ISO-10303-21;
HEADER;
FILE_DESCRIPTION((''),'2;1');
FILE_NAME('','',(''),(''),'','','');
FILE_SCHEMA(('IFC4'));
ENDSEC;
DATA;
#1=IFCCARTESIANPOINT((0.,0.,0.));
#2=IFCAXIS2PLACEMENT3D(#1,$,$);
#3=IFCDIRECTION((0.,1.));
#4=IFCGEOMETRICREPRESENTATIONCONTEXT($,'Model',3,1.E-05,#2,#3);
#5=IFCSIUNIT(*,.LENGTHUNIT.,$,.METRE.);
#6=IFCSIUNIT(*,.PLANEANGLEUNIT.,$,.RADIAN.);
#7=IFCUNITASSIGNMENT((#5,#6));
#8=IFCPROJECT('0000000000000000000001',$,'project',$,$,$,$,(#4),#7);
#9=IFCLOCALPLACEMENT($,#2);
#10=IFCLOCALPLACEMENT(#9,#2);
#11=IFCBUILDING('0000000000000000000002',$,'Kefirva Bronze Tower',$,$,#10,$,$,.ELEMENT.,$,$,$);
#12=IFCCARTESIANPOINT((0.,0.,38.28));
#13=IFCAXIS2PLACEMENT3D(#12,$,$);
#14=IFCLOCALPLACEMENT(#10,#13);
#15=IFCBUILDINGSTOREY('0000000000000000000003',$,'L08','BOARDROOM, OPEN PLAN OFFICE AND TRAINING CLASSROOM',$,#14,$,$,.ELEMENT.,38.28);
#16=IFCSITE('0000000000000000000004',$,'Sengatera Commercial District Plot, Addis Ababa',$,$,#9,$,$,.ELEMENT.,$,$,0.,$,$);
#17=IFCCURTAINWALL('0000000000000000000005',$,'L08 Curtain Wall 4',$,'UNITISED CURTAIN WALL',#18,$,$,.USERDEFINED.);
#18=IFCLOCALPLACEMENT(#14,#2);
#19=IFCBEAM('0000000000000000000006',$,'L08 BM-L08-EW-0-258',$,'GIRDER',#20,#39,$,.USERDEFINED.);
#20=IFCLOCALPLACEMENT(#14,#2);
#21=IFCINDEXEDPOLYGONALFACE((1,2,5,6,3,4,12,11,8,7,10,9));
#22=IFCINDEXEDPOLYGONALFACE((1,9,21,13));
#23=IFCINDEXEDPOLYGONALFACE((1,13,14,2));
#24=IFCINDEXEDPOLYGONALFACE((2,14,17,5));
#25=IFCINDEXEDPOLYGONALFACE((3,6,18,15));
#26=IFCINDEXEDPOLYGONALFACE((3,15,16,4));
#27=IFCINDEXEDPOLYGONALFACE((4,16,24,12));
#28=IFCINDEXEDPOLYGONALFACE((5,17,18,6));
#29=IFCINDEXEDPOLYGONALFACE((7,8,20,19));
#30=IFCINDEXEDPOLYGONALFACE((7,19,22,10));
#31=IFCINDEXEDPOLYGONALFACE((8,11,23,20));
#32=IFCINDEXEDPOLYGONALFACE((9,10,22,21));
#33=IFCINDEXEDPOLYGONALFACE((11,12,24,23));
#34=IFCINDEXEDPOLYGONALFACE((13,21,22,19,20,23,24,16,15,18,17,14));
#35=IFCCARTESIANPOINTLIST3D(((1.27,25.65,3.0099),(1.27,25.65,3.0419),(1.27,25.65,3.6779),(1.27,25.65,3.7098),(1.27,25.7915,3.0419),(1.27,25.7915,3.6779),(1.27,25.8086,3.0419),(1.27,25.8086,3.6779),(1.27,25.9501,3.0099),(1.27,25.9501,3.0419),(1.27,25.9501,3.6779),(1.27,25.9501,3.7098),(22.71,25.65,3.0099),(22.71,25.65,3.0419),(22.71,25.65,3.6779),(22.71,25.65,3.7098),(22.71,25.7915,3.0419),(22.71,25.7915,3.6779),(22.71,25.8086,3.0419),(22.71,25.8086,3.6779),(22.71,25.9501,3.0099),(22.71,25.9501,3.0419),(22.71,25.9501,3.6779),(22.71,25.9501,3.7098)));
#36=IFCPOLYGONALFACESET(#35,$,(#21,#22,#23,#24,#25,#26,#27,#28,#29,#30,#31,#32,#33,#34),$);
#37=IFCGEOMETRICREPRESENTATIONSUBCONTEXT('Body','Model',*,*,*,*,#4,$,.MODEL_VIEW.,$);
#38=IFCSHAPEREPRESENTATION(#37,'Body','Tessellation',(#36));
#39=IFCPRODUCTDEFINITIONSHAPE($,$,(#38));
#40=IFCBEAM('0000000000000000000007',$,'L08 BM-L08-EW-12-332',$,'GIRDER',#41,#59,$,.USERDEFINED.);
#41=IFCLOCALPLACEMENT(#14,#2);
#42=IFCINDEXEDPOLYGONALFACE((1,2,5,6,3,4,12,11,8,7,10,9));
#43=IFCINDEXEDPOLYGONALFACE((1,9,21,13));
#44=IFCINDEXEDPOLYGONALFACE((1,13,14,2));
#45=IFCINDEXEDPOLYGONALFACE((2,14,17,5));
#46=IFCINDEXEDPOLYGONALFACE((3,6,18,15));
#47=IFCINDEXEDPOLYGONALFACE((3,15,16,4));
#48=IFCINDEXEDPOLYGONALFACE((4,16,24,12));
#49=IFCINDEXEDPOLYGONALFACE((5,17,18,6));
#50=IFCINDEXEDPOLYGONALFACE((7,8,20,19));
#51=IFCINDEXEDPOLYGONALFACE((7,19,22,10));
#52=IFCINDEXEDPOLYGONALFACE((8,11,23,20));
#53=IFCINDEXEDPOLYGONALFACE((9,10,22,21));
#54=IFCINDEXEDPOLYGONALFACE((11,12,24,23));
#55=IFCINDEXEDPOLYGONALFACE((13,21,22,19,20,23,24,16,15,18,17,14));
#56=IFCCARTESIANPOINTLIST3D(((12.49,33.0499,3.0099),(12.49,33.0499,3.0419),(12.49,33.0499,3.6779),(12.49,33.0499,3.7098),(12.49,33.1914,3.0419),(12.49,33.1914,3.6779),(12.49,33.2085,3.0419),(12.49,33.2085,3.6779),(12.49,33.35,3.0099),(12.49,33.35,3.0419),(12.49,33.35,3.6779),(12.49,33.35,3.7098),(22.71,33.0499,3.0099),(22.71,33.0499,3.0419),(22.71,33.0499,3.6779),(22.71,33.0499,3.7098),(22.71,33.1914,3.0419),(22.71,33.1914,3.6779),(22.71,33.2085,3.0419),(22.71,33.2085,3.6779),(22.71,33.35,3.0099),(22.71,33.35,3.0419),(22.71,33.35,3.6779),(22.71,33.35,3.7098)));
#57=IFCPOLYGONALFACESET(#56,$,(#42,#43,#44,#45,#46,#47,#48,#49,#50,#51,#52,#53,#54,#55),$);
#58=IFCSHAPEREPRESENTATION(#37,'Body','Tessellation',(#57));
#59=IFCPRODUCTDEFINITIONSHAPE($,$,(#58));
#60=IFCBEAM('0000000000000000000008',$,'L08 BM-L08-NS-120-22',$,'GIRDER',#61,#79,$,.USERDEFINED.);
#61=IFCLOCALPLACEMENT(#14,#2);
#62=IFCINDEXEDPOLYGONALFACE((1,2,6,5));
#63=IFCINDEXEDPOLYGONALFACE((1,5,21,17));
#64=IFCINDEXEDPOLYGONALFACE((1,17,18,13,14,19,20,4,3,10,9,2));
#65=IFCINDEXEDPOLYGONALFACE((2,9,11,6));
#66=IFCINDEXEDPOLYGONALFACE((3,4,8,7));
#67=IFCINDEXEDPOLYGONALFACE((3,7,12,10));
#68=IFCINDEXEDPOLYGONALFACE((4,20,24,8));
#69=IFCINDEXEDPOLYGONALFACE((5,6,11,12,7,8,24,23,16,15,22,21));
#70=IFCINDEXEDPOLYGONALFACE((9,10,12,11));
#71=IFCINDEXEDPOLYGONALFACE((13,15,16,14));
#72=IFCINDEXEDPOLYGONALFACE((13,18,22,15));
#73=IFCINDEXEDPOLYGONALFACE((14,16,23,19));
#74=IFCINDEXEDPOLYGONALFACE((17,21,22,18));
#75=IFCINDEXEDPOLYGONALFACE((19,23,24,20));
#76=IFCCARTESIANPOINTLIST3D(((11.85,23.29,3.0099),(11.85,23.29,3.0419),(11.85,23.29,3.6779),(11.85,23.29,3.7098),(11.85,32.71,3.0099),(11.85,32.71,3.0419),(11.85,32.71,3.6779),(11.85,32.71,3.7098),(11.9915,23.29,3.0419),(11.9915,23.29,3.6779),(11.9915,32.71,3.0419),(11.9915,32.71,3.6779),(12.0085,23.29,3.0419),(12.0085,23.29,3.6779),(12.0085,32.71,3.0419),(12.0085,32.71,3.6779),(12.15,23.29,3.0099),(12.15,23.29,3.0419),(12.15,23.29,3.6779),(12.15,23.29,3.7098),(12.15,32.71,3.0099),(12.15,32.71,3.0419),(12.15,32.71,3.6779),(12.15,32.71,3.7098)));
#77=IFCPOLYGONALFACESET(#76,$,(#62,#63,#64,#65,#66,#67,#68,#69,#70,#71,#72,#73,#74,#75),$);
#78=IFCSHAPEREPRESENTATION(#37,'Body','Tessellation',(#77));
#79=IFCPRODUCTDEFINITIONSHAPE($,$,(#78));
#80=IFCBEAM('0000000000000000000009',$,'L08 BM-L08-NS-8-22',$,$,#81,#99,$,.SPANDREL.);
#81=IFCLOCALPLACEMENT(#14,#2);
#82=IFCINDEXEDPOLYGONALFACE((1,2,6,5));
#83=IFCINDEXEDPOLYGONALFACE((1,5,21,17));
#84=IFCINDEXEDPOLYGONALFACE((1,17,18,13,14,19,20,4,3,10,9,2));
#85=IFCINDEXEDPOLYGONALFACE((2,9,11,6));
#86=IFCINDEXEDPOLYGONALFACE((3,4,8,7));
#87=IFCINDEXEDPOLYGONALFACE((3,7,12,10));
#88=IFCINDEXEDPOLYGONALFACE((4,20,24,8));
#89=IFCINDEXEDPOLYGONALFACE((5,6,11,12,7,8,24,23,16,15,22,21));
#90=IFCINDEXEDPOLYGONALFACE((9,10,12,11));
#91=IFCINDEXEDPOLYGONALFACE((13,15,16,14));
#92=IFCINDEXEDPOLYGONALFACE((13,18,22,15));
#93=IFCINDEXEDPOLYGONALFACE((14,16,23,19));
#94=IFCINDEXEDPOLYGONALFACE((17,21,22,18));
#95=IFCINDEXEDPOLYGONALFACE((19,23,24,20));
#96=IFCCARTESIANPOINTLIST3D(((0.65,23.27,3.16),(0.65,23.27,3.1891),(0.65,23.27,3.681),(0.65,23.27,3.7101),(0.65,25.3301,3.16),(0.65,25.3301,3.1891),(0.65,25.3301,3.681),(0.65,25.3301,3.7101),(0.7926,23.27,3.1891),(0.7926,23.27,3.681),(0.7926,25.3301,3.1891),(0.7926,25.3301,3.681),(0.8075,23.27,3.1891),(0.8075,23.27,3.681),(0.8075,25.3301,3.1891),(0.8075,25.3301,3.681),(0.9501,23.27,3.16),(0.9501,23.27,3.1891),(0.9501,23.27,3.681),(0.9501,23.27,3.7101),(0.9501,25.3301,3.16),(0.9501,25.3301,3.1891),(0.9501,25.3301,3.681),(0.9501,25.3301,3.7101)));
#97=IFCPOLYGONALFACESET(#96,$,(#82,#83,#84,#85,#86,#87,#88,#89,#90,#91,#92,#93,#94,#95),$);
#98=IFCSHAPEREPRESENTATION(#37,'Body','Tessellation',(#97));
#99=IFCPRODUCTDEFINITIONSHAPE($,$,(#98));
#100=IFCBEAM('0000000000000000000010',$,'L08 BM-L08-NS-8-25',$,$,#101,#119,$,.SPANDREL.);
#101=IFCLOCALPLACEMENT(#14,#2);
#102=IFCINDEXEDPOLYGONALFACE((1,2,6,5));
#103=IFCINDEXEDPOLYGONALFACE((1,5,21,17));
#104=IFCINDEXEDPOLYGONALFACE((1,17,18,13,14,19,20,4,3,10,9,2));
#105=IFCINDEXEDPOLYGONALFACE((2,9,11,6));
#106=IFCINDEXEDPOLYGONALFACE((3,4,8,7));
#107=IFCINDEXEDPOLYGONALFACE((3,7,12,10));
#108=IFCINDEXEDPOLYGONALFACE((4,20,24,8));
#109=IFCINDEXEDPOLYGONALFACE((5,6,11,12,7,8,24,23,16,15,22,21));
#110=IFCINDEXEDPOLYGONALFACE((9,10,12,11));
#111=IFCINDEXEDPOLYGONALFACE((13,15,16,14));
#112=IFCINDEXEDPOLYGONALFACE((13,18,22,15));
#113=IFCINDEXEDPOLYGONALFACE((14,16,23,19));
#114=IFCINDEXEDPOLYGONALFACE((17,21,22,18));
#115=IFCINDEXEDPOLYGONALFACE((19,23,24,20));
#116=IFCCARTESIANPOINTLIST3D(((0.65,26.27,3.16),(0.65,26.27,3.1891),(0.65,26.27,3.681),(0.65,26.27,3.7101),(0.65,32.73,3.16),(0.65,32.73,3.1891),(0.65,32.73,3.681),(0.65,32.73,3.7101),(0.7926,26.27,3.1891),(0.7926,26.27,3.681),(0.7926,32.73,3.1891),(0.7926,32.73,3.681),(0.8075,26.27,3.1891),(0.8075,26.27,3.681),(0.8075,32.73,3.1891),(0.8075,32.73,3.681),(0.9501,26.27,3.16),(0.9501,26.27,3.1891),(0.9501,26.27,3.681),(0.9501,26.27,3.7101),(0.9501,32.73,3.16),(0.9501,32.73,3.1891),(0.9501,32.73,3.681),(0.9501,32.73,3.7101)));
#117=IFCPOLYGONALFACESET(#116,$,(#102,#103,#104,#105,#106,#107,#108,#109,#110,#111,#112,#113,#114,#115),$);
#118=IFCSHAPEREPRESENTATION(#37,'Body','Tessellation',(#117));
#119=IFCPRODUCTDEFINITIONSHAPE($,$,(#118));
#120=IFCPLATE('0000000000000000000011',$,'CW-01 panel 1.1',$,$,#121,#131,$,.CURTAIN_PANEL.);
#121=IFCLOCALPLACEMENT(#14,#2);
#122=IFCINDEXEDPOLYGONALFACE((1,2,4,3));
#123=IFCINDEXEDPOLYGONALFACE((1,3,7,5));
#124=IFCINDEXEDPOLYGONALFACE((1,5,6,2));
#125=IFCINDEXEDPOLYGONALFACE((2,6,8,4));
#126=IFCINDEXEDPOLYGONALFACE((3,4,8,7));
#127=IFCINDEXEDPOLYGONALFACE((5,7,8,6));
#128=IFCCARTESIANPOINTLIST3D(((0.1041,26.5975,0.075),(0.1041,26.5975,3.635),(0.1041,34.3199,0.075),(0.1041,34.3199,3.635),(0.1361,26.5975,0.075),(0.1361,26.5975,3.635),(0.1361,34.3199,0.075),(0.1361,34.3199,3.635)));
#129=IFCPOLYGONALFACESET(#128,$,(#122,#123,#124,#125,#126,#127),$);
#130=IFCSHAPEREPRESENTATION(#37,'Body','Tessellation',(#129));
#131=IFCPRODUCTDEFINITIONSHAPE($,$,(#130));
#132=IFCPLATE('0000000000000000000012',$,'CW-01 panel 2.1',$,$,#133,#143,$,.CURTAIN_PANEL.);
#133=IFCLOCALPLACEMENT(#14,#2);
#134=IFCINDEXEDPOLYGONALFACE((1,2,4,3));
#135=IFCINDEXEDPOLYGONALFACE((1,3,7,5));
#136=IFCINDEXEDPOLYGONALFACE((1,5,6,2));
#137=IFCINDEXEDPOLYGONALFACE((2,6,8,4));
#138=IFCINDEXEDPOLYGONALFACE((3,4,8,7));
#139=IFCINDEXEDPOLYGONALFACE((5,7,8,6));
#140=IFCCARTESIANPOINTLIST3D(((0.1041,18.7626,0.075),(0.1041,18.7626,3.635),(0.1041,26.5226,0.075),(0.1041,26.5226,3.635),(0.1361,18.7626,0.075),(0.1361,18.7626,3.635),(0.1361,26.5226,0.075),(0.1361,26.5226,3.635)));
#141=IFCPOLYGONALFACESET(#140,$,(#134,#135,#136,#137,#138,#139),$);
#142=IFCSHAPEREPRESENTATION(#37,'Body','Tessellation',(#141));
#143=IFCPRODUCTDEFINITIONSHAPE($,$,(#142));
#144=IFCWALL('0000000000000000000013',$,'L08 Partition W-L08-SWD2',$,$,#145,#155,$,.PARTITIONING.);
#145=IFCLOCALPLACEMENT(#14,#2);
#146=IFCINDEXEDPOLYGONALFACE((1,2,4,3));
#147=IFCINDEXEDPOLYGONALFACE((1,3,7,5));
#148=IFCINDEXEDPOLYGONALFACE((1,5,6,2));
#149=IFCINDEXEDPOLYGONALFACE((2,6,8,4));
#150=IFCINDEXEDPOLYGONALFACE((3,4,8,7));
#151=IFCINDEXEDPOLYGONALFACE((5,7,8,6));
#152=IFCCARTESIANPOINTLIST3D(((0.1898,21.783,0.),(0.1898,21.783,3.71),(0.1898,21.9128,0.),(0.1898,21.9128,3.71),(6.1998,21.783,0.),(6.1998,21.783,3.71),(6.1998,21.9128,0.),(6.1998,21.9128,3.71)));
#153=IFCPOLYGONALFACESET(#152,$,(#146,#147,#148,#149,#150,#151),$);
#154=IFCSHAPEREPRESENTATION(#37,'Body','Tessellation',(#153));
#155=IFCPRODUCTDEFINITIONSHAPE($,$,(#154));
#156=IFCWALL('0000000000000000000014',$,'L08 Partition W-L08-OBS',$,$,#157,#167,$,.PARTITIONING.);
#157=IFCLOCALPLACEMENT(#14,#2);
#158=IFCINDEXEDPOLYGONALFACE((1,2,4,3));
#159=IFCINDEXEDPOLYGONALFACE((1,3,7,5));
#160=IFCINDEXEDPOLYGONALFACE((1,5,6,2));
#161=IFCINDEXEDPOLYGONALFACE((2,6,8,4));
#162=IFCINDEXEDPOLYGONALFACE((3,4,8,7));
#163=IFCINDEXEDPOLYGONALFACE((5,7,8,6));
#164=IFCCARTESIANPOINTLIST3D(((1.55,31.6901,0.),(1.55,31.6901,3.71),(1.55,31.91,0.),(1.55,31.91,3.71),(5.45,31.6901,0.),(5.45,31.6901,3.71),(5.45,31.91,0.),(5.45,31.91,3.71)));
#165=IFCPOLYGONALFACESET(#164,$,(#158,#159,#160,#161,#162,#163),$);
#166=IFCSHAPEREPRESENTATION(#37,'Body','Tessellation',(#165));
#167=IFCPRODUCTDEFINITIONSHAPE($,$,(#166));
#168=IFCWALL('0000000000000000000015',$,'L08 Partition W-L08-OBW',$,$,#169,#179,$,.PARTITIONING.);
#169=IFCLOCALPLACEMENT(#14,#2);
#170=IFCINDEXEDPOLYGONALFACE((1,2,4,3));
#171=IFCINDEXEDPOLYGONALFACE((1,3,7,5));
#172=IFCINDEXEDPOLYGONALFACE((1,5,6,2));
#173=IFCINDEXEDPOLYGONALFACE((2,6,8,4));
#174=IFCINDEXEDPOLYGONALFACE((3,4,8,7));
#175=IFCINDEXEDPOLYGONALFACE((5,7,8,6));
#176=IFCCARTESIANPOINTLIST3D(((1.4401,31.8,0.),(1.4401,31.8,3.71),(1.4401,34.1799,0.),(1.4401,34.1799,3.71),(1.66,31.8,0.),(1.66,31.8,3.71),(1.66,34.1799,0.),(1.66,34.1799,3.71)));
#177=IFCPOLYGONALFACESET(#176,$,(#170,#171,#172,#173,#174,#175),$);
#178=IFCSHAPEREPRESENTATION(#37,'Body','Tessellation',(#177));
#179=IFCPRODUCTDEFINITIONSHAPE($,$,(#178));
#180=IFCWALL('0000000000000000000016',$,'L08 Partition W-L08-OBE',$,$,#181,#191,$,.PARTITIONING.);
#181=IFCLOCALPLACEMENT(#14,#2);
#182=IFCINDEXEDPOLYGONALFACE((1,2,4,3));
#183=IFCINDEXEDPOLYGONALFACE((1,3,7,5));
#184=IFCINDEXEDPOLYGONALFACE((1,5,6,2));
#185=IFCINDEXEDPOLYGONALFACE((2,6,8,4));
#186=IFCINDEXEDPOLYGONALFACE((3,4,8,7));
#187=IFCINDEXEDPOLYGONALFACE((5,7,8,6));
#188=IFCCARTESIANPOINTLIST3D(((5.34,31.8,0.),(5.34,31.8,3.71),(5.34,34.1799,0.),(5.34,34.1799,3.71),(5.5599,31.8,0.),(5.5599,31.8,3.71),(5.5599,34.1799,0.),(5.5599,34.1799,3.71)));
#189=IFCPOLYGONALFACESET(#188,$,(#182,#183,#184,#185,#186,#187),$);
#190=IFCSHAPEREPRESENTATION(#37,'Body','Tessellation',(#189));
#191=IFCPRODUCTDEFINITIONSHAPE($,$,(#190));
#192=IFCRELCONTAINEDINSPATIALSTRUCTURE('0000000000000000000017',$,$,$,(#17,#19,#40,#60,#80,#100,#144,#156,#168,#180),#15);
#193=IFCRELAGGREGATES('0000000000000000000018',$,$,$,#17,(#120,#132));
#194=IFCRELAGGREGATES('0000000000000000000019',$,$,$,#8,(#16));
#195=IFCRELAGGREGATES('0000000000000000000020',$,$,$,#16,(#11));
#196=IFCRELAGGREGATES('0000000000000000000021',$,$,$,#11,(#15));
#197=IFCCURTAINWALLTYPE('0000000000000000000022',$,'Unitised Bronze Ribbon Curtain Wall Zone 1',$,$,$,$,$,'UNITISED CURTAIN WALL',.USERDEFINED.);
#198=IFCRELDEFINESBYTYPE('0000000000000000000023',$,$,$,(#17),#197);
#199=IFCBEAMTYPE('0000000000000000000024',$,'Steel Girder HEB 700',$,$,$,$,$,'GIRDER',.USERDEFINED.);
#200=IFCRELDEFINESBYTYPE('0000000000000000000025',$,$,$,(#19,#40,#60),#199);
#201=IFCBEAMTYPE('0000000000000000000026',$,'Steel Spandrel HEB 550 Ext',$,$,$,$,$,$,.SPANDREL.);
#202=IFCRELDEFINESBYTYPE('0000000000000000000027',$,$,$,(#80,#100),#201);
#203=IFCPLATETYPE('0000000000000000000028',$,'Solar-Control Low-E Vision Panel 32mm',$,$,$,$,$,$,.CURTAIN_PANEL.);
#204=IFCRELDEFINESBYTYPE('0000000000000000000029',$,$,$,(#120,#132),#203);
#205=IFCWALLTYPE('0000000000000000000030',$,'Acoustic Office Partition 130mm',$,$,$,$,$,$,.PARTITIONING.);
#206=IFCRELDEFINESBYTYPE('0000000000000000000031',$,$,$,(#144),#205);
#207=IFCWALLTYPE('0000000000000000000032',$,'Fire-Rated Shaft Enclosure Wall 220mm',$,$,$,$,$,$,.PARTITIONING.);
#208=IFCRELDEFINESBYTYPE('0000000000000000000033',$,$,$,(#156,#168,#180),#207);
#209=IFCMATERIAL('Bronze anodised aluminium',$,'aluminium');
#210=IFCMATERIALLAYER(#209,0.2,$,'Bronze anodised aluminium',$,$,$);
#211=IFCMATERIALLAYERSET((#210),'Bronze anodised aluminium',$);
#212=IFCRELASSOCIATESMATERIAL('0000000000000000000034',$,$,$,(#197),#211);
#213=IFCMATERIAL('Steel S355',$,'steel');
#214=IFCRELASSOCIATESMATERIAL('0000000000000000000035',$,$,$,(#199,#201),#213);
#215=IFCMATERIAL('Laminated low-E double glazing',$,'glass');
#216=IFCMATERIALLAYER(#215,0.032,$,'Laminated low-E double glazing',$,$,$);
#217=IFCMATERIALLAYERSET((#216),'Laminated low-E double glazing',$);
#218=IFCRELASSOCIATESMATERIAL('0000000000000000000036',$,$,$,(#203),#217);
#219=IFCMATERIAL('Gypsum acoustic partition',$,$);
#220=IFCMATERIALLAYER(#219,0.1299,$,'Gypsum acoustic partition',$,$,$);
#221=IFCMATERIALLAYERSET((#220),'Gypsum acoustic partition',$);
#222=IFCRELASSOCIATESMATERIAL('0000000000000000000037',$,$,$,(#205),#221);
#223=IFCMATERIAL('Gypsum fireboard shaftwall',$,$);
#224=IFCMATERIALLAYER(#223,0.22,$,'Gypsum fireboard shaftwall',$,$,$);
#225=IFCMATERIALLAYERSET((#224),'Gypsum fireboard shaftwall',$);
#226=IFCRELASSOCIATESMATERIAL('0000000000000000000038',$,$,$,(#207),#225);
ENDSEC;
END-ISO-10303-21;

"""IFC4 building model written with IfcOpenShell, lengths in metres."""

from ifc_helpers import new_model, si_unit, direction, frame, frame_2d, origin, origin_2d, place, context, subcontext, project, spatial, rectangle, i_section, extrude, material, layer, layer_set, material_profile, profile_set, type_object, element, aggregate, save


model = new_model("IFC4")

# Units and contexts
model_context = context("Model", 3, precision=1e-05, world=origin(), true_north=direction((0.0, 1.0)))
body_context = subcontext(model_context, "Body", "Model", "MODEL_VIEW")
ifc_project = project(units=[si_unit("LENGTHUNIT", "METRE"), si_unit("PLANEANGLEUNIT", "RADIAN")], contexts=[model_context])

# Site, building, storey
site_placement = place(None, origin())
site = spatial("IfcSite", under=ifc_project, at=site_placement, Name="Sengatera Commercial District Plot, Addis Ababa", CompositionType="ELEMENT", RefElevation=0.0)
building_placement = place(site_placement, origin())
building = spatial("IfcBuilding", under=site, at=building_placement, Name="Kefirva Bronze Tower", CompositionType="ELEMENT")
storey_placement = place(building_placement, frame((0.0, 0.0, 38.28)))
storey = spatial("IfcBuildingStorey", under=building, at=storey_placement, Name="L08", Description="BOARDROOM, OPEN PLAN OFFICE AND TRAINING CLASSROOM", CompositionType="ELEMENT", Elevation=38.28)

# Curtain wall
ifc_material_1 = material(Name="Bronze anodised aluminium", Category="aluminium")
ifc_layer_1 = layer(ifc_material_1, 0.2, Name="Bronze anodised aluminium")
ifc_layer_set_1 = layer_set([ifc_layer_1], Name="Bronze anodised aluminium")
curtain_wall_type = type_object("IfcCurtainWallType", Name="Unitised Bronze Ribbon Curtain Wall Zone 1", ElementType="UNITISED CURTAIN WALL", PredefinedType="USERDEFINED", material=ifc_layer_set_1)
curtain_wall_placement = place(storey_placement, origin())
curtain_wall = element("IfcCurtainWall", 1, at=curtain_wall_placement, inside=storey, type_object=curtain_wall_type, Name="L08 Curtain Wall 4", ObjectType="UNITISED CURTAIN WALL", PredefinedType="USERDEFINED")

# Beams
ifc_material_2 = material(Name="Steel S355", Category="steel")
ifc_material_profile_1 = material_profile(ifc_material_2, i_section(OverallWidth=0.3, OverallDepth=0.7, WebThickness=0.0171, FlangeThickness=0.032, at=origin_2d()), Name="HEB 700")
ifc_profile_set_1 = profile_set([ifc_material_profile_1], Name="Steel S355")
beam_type_1 = type_object("IfcBeamType", Name="Steel Girder HEB 700", ElementType="GIRDER", PredefinedType="USERDEFINED", material=ifc_profile_set_1)
beam_1_placement = place(storey_placement, frame((1.27, 25.8, 3.3599), z_axis=(1.0, 0.0, 0.0), x_axis=(0.0, 1.0, 0.0)))
element("IfcBeam", 2, at=beam_1_placement, inside=storey, type_object=beam_type_1, Name="L08 BM-L08-EW-0-258", ObjectType="GIRDER", PredefinedType="USERDEFINED", context=body_context, shape_type="SweptSolid", body=[
    extrude(i_section(OverallWidth=0.3, OverallDepth=0.7, WebThickness=0.0171, FlangeThickness=0.032, at=origin_2d()), origin(), (0.0, 0.0, 1.0), 21.4399),
])
beam_2_placement = place(storey_placement, frame((12.49, 33.2, 3.3599), z_axis=(1.0, 0.0, 0.0), x_axis=(0.0, 1.0, 0.0)))
element("IfcBeam", 3, at=beam_2_placement, inside=storey, type_object=beam_type_1, Name="L08 BM-L08-EW-12-332", ObjectType="GIRDER", PredefinedType="USERDEFINED", context=body_context, shape_type="SweptSolid", body=[
    extrude(i_section(OverallWidth=0.3, OverallDepth=0.7, WebThickness=0.0171, FlangeThickness=0.032, at=origin_2d()), origin(), (0.0, 0.0, 1.0), 10.22),
])
beam_3_placement = place(storey_placement, frame((12.0, 23.29, 3.3599), z_axis=(0.0, 1.0, 0.0), x_axis=(-1.0, 0.0, 0.0)))
element("IfcBeam", 4, at=beam_3_placement, inside=storey, type_object=beam_type_1, Name="L08 BM-L08-NS-120-22", ObjectType="GIRDER", PredefinedType="USERDEFINED", context=body_context, shape_type="SweptSolid", body=[
    extrude(i_section(OverallWidth=0.3, OverallDepth=0.7, WebThickness=0.0171, FlangeThickness=0.032, at=origin_2d()), origin(), (0.0, 0.0, 1.0), 9.4199),
])
ifc_material_profile_2 = material_profile(ifc_material_2, i_section(OverallWidth=0.3, OverallDepth=0.55, WebThickness=0.0149, FlangeThickness=0.0291, at=origin_2d()), Name="HEB 550")
ifc_profile_set_2 = profile_set([ifc_material_profile_2], Name="Steel S355")
beam_type_2 = type_object("IfcBeamType", Name="Steel Spandrel HEB 550 Ext", PredefinedType="SPANDREL", material=ifc_profile_set_2)
beam_4_placement = place(storey_placement, frame((0.8, 23.27, 3.4351), z_axis=(0.0, 1.0, 0.0), x_axis=(-1.0, 0.0, 0.0)))
element("IfcBeam", 5, at=beam_4_placement, inside=storey, type_object=beam_type_2, Name="L08 BM-L08-NS-8-22", PredefinedType="SPANDREL", context=body_context, shape_type="SweptSolid", body=[
    extrude(i_section(OverallWidth=0.3, OverallDepth=0.55, WebThickness=0.0149, FlangeThickness=0.0291, at=origin_2d()), origin(), (0.0, 0.0, 1.0), 2.0601),
])
beam_5_placement = place(storey_placement, frame((0.8, 26.27, 3.4351), z_axis=(0.0, 1.0, 0.0), x_axis=(-1.0, 0.0, 0.0)))
element("IfcBeam", 6, at=beam_5_placement, inside=storey, type_object=beam_type_2, Name="L08 BM-L08-NS-8-25", PredefinedType="SPANDREL", context=body_context, shape_type="SweptSolid", body=[
    extrude(i_section(OverallWidth=0.3, OverallDepth=0.55, WebThickness=0.0149, FlangeThickness=0.0291, at=origin_2d()), origin(), (0.0, 0.0, 1.0), 6.46),
])

# Plates
ifc_material_3 = material(Name="Laminated low-E double glazing", Category="glass")
ifc_layer_2 = layer(ifc_material_3, 0.032, Name="Laminated low-E double glazing")
ifc_layer_set_2 = layer_set([ifc_layer_2], Name="Laminated low-E double glazing")
plate_type = type_object("IfcPlateType", Name="Solar-Control Low-E Vision Panel 32mm", PredefinedType="CURTAIN_PANEL", material=ifc_layer_set_2)
plate_1_placement = place(storey_placement, frame((0.1201, 30.4587, 0.075), z_axis=(0.0, 0.0, 1.0), x_axis=(0.0, -1.0, 0.0)))
plate_1 = element("IfcPlate", 7, at=plate_1_placement, type_object=plate_type, Name="CW-01 panel 1.1", PredefinedType="CURTAIN_PANEL", context=body_context, shape_type="SweptSolid", body=[
    extrude(rectangle(XDim=7.7224, YDim=0.032, at=origin_2d()), origin(), (0.0, 0.0, 1.0), 3.5601),
])
plate_2_placement = place(storey_placement, frame((0.1201, 22.6426, 0.075), z_axis=(0.0, 0.0, 1.0), x_axis=(0.0, -1.0, 0.0)))
plate_2 = element("IfcPlate", 8, at=plate_2_placement, type_object=plate_type, Name="CW-01 panel 2.1", PredefinedType="CURTAIN_PANEL", context=body_context, shape_type="SweptSolid", body=[
    extrude(rectangle(XDim=7.76, YDim=0.032, at=origin_2d()), origin(), (0.0, 0.0, 1.0), 3.5601),
])
aggregate(curtain_wall, [plate_1, plate_2])

# Walls
ifc_material_4 = material(Name="Gypsum acoustic partition")
ifc_layer_3 = layer(ifc_material_4, 0.1299, Name="Gypsum acoustic partition")
ifc_layer_set_3 = layer_set([ifc_layer_3], Name="Gypsum acoustic partition")
wall_type_1 = type_object("IfcWallType", Name="Acoustic Office Partition 130mm", PredefinedType="PARTITIONING", material=ifc_layer_set_3)
wall_1_placement = place(storey_placement, frame((0.1899, 21.8479, 0.0), z_axis=(0.0, 0.0, 1.0), x_axis=(1.0, 0.0, 0.0)))
element("IfcWall", 9, at=wall_1_placement, inside=storey, type_object=wall_type_1, Name="L08 Partition W-L08-SWD2", PredefinedType="PARTITIONING", context=body_context, shape_type="SweptSolid", body=[
    extrude(rectangle(XDim=6.01, YDim=0.1299, at=frame_2d((3.0049, 0.0))), origin(), (0.0, 0.0, 1.0), 3.71),
])
ifc_material_5 = material(Name="Gypsum fireboard shaftwall")
ifc_layer_4 = layer(ifc_material_5, 0.22, Name="Gypsum fireboard shaftwall")
ifc_layer_set_4 = layer_set([ifc_layer_4], Name="Gypsum fireboard shaftwall")
wall_type_2 = type_object("IfcWallType", Name="Fire-Rated Shaft Enclosure Wall 220mm", PredefinedType="PARTITIONING", material=ifc_layer_set_4)
wall_2_placement = place(storey_placement, frame((1.55, 31.8, 0.0), z_axis=(0.0, 0.0, 1.0), x_axis=(1.0, 0.0, 0.0)))
element("IfcWall", 10, at=wall_2_placement, inside=storey, type_object=wall_type_2, Name="L08 Partition W-L08-OBS", PredefinedType="PARTITIONING", context=body_context, shape_type="SweptSolid", body=[
    extrude(rectangle(XDim=3.8999, YDim=0.22, at=frame_2d((1.95, 0.0))), origin(), (0.0, 0.0, 1.0), 3.71),
])
for number, where, z_axis, x_axis, name in (
    (11, (1.55, 31.8, 0.0), (0.0, 0.0, 1.0), (0.0, 1.0, 0.0), "L08 Partition W-L08-OBW"),
    (12, (5.45, 31.8, 0.0), (0.0, 0.0, 1.0), (0.0, 1.0, 0.0), "L08 Partition W-L08-OBE"),
):
    element("IfcWall", number, at=place(storey_placement, frame(where, z_axis=z_axis, x_axis=x_axis)), inside=storey, type_object=wall_type_2, Name=name, PredefinedType="PARTITIONING", context=body_context, shape_type="SweptSolid", body=[
        extrude(rectangle(XDim=2.3799, YDim=0.22, at=frame_2d((1.1899, 0.0))), origin(), (0.0, 0.0, 1.0), 3.71),
    ])

save(model, "model.ifc")
